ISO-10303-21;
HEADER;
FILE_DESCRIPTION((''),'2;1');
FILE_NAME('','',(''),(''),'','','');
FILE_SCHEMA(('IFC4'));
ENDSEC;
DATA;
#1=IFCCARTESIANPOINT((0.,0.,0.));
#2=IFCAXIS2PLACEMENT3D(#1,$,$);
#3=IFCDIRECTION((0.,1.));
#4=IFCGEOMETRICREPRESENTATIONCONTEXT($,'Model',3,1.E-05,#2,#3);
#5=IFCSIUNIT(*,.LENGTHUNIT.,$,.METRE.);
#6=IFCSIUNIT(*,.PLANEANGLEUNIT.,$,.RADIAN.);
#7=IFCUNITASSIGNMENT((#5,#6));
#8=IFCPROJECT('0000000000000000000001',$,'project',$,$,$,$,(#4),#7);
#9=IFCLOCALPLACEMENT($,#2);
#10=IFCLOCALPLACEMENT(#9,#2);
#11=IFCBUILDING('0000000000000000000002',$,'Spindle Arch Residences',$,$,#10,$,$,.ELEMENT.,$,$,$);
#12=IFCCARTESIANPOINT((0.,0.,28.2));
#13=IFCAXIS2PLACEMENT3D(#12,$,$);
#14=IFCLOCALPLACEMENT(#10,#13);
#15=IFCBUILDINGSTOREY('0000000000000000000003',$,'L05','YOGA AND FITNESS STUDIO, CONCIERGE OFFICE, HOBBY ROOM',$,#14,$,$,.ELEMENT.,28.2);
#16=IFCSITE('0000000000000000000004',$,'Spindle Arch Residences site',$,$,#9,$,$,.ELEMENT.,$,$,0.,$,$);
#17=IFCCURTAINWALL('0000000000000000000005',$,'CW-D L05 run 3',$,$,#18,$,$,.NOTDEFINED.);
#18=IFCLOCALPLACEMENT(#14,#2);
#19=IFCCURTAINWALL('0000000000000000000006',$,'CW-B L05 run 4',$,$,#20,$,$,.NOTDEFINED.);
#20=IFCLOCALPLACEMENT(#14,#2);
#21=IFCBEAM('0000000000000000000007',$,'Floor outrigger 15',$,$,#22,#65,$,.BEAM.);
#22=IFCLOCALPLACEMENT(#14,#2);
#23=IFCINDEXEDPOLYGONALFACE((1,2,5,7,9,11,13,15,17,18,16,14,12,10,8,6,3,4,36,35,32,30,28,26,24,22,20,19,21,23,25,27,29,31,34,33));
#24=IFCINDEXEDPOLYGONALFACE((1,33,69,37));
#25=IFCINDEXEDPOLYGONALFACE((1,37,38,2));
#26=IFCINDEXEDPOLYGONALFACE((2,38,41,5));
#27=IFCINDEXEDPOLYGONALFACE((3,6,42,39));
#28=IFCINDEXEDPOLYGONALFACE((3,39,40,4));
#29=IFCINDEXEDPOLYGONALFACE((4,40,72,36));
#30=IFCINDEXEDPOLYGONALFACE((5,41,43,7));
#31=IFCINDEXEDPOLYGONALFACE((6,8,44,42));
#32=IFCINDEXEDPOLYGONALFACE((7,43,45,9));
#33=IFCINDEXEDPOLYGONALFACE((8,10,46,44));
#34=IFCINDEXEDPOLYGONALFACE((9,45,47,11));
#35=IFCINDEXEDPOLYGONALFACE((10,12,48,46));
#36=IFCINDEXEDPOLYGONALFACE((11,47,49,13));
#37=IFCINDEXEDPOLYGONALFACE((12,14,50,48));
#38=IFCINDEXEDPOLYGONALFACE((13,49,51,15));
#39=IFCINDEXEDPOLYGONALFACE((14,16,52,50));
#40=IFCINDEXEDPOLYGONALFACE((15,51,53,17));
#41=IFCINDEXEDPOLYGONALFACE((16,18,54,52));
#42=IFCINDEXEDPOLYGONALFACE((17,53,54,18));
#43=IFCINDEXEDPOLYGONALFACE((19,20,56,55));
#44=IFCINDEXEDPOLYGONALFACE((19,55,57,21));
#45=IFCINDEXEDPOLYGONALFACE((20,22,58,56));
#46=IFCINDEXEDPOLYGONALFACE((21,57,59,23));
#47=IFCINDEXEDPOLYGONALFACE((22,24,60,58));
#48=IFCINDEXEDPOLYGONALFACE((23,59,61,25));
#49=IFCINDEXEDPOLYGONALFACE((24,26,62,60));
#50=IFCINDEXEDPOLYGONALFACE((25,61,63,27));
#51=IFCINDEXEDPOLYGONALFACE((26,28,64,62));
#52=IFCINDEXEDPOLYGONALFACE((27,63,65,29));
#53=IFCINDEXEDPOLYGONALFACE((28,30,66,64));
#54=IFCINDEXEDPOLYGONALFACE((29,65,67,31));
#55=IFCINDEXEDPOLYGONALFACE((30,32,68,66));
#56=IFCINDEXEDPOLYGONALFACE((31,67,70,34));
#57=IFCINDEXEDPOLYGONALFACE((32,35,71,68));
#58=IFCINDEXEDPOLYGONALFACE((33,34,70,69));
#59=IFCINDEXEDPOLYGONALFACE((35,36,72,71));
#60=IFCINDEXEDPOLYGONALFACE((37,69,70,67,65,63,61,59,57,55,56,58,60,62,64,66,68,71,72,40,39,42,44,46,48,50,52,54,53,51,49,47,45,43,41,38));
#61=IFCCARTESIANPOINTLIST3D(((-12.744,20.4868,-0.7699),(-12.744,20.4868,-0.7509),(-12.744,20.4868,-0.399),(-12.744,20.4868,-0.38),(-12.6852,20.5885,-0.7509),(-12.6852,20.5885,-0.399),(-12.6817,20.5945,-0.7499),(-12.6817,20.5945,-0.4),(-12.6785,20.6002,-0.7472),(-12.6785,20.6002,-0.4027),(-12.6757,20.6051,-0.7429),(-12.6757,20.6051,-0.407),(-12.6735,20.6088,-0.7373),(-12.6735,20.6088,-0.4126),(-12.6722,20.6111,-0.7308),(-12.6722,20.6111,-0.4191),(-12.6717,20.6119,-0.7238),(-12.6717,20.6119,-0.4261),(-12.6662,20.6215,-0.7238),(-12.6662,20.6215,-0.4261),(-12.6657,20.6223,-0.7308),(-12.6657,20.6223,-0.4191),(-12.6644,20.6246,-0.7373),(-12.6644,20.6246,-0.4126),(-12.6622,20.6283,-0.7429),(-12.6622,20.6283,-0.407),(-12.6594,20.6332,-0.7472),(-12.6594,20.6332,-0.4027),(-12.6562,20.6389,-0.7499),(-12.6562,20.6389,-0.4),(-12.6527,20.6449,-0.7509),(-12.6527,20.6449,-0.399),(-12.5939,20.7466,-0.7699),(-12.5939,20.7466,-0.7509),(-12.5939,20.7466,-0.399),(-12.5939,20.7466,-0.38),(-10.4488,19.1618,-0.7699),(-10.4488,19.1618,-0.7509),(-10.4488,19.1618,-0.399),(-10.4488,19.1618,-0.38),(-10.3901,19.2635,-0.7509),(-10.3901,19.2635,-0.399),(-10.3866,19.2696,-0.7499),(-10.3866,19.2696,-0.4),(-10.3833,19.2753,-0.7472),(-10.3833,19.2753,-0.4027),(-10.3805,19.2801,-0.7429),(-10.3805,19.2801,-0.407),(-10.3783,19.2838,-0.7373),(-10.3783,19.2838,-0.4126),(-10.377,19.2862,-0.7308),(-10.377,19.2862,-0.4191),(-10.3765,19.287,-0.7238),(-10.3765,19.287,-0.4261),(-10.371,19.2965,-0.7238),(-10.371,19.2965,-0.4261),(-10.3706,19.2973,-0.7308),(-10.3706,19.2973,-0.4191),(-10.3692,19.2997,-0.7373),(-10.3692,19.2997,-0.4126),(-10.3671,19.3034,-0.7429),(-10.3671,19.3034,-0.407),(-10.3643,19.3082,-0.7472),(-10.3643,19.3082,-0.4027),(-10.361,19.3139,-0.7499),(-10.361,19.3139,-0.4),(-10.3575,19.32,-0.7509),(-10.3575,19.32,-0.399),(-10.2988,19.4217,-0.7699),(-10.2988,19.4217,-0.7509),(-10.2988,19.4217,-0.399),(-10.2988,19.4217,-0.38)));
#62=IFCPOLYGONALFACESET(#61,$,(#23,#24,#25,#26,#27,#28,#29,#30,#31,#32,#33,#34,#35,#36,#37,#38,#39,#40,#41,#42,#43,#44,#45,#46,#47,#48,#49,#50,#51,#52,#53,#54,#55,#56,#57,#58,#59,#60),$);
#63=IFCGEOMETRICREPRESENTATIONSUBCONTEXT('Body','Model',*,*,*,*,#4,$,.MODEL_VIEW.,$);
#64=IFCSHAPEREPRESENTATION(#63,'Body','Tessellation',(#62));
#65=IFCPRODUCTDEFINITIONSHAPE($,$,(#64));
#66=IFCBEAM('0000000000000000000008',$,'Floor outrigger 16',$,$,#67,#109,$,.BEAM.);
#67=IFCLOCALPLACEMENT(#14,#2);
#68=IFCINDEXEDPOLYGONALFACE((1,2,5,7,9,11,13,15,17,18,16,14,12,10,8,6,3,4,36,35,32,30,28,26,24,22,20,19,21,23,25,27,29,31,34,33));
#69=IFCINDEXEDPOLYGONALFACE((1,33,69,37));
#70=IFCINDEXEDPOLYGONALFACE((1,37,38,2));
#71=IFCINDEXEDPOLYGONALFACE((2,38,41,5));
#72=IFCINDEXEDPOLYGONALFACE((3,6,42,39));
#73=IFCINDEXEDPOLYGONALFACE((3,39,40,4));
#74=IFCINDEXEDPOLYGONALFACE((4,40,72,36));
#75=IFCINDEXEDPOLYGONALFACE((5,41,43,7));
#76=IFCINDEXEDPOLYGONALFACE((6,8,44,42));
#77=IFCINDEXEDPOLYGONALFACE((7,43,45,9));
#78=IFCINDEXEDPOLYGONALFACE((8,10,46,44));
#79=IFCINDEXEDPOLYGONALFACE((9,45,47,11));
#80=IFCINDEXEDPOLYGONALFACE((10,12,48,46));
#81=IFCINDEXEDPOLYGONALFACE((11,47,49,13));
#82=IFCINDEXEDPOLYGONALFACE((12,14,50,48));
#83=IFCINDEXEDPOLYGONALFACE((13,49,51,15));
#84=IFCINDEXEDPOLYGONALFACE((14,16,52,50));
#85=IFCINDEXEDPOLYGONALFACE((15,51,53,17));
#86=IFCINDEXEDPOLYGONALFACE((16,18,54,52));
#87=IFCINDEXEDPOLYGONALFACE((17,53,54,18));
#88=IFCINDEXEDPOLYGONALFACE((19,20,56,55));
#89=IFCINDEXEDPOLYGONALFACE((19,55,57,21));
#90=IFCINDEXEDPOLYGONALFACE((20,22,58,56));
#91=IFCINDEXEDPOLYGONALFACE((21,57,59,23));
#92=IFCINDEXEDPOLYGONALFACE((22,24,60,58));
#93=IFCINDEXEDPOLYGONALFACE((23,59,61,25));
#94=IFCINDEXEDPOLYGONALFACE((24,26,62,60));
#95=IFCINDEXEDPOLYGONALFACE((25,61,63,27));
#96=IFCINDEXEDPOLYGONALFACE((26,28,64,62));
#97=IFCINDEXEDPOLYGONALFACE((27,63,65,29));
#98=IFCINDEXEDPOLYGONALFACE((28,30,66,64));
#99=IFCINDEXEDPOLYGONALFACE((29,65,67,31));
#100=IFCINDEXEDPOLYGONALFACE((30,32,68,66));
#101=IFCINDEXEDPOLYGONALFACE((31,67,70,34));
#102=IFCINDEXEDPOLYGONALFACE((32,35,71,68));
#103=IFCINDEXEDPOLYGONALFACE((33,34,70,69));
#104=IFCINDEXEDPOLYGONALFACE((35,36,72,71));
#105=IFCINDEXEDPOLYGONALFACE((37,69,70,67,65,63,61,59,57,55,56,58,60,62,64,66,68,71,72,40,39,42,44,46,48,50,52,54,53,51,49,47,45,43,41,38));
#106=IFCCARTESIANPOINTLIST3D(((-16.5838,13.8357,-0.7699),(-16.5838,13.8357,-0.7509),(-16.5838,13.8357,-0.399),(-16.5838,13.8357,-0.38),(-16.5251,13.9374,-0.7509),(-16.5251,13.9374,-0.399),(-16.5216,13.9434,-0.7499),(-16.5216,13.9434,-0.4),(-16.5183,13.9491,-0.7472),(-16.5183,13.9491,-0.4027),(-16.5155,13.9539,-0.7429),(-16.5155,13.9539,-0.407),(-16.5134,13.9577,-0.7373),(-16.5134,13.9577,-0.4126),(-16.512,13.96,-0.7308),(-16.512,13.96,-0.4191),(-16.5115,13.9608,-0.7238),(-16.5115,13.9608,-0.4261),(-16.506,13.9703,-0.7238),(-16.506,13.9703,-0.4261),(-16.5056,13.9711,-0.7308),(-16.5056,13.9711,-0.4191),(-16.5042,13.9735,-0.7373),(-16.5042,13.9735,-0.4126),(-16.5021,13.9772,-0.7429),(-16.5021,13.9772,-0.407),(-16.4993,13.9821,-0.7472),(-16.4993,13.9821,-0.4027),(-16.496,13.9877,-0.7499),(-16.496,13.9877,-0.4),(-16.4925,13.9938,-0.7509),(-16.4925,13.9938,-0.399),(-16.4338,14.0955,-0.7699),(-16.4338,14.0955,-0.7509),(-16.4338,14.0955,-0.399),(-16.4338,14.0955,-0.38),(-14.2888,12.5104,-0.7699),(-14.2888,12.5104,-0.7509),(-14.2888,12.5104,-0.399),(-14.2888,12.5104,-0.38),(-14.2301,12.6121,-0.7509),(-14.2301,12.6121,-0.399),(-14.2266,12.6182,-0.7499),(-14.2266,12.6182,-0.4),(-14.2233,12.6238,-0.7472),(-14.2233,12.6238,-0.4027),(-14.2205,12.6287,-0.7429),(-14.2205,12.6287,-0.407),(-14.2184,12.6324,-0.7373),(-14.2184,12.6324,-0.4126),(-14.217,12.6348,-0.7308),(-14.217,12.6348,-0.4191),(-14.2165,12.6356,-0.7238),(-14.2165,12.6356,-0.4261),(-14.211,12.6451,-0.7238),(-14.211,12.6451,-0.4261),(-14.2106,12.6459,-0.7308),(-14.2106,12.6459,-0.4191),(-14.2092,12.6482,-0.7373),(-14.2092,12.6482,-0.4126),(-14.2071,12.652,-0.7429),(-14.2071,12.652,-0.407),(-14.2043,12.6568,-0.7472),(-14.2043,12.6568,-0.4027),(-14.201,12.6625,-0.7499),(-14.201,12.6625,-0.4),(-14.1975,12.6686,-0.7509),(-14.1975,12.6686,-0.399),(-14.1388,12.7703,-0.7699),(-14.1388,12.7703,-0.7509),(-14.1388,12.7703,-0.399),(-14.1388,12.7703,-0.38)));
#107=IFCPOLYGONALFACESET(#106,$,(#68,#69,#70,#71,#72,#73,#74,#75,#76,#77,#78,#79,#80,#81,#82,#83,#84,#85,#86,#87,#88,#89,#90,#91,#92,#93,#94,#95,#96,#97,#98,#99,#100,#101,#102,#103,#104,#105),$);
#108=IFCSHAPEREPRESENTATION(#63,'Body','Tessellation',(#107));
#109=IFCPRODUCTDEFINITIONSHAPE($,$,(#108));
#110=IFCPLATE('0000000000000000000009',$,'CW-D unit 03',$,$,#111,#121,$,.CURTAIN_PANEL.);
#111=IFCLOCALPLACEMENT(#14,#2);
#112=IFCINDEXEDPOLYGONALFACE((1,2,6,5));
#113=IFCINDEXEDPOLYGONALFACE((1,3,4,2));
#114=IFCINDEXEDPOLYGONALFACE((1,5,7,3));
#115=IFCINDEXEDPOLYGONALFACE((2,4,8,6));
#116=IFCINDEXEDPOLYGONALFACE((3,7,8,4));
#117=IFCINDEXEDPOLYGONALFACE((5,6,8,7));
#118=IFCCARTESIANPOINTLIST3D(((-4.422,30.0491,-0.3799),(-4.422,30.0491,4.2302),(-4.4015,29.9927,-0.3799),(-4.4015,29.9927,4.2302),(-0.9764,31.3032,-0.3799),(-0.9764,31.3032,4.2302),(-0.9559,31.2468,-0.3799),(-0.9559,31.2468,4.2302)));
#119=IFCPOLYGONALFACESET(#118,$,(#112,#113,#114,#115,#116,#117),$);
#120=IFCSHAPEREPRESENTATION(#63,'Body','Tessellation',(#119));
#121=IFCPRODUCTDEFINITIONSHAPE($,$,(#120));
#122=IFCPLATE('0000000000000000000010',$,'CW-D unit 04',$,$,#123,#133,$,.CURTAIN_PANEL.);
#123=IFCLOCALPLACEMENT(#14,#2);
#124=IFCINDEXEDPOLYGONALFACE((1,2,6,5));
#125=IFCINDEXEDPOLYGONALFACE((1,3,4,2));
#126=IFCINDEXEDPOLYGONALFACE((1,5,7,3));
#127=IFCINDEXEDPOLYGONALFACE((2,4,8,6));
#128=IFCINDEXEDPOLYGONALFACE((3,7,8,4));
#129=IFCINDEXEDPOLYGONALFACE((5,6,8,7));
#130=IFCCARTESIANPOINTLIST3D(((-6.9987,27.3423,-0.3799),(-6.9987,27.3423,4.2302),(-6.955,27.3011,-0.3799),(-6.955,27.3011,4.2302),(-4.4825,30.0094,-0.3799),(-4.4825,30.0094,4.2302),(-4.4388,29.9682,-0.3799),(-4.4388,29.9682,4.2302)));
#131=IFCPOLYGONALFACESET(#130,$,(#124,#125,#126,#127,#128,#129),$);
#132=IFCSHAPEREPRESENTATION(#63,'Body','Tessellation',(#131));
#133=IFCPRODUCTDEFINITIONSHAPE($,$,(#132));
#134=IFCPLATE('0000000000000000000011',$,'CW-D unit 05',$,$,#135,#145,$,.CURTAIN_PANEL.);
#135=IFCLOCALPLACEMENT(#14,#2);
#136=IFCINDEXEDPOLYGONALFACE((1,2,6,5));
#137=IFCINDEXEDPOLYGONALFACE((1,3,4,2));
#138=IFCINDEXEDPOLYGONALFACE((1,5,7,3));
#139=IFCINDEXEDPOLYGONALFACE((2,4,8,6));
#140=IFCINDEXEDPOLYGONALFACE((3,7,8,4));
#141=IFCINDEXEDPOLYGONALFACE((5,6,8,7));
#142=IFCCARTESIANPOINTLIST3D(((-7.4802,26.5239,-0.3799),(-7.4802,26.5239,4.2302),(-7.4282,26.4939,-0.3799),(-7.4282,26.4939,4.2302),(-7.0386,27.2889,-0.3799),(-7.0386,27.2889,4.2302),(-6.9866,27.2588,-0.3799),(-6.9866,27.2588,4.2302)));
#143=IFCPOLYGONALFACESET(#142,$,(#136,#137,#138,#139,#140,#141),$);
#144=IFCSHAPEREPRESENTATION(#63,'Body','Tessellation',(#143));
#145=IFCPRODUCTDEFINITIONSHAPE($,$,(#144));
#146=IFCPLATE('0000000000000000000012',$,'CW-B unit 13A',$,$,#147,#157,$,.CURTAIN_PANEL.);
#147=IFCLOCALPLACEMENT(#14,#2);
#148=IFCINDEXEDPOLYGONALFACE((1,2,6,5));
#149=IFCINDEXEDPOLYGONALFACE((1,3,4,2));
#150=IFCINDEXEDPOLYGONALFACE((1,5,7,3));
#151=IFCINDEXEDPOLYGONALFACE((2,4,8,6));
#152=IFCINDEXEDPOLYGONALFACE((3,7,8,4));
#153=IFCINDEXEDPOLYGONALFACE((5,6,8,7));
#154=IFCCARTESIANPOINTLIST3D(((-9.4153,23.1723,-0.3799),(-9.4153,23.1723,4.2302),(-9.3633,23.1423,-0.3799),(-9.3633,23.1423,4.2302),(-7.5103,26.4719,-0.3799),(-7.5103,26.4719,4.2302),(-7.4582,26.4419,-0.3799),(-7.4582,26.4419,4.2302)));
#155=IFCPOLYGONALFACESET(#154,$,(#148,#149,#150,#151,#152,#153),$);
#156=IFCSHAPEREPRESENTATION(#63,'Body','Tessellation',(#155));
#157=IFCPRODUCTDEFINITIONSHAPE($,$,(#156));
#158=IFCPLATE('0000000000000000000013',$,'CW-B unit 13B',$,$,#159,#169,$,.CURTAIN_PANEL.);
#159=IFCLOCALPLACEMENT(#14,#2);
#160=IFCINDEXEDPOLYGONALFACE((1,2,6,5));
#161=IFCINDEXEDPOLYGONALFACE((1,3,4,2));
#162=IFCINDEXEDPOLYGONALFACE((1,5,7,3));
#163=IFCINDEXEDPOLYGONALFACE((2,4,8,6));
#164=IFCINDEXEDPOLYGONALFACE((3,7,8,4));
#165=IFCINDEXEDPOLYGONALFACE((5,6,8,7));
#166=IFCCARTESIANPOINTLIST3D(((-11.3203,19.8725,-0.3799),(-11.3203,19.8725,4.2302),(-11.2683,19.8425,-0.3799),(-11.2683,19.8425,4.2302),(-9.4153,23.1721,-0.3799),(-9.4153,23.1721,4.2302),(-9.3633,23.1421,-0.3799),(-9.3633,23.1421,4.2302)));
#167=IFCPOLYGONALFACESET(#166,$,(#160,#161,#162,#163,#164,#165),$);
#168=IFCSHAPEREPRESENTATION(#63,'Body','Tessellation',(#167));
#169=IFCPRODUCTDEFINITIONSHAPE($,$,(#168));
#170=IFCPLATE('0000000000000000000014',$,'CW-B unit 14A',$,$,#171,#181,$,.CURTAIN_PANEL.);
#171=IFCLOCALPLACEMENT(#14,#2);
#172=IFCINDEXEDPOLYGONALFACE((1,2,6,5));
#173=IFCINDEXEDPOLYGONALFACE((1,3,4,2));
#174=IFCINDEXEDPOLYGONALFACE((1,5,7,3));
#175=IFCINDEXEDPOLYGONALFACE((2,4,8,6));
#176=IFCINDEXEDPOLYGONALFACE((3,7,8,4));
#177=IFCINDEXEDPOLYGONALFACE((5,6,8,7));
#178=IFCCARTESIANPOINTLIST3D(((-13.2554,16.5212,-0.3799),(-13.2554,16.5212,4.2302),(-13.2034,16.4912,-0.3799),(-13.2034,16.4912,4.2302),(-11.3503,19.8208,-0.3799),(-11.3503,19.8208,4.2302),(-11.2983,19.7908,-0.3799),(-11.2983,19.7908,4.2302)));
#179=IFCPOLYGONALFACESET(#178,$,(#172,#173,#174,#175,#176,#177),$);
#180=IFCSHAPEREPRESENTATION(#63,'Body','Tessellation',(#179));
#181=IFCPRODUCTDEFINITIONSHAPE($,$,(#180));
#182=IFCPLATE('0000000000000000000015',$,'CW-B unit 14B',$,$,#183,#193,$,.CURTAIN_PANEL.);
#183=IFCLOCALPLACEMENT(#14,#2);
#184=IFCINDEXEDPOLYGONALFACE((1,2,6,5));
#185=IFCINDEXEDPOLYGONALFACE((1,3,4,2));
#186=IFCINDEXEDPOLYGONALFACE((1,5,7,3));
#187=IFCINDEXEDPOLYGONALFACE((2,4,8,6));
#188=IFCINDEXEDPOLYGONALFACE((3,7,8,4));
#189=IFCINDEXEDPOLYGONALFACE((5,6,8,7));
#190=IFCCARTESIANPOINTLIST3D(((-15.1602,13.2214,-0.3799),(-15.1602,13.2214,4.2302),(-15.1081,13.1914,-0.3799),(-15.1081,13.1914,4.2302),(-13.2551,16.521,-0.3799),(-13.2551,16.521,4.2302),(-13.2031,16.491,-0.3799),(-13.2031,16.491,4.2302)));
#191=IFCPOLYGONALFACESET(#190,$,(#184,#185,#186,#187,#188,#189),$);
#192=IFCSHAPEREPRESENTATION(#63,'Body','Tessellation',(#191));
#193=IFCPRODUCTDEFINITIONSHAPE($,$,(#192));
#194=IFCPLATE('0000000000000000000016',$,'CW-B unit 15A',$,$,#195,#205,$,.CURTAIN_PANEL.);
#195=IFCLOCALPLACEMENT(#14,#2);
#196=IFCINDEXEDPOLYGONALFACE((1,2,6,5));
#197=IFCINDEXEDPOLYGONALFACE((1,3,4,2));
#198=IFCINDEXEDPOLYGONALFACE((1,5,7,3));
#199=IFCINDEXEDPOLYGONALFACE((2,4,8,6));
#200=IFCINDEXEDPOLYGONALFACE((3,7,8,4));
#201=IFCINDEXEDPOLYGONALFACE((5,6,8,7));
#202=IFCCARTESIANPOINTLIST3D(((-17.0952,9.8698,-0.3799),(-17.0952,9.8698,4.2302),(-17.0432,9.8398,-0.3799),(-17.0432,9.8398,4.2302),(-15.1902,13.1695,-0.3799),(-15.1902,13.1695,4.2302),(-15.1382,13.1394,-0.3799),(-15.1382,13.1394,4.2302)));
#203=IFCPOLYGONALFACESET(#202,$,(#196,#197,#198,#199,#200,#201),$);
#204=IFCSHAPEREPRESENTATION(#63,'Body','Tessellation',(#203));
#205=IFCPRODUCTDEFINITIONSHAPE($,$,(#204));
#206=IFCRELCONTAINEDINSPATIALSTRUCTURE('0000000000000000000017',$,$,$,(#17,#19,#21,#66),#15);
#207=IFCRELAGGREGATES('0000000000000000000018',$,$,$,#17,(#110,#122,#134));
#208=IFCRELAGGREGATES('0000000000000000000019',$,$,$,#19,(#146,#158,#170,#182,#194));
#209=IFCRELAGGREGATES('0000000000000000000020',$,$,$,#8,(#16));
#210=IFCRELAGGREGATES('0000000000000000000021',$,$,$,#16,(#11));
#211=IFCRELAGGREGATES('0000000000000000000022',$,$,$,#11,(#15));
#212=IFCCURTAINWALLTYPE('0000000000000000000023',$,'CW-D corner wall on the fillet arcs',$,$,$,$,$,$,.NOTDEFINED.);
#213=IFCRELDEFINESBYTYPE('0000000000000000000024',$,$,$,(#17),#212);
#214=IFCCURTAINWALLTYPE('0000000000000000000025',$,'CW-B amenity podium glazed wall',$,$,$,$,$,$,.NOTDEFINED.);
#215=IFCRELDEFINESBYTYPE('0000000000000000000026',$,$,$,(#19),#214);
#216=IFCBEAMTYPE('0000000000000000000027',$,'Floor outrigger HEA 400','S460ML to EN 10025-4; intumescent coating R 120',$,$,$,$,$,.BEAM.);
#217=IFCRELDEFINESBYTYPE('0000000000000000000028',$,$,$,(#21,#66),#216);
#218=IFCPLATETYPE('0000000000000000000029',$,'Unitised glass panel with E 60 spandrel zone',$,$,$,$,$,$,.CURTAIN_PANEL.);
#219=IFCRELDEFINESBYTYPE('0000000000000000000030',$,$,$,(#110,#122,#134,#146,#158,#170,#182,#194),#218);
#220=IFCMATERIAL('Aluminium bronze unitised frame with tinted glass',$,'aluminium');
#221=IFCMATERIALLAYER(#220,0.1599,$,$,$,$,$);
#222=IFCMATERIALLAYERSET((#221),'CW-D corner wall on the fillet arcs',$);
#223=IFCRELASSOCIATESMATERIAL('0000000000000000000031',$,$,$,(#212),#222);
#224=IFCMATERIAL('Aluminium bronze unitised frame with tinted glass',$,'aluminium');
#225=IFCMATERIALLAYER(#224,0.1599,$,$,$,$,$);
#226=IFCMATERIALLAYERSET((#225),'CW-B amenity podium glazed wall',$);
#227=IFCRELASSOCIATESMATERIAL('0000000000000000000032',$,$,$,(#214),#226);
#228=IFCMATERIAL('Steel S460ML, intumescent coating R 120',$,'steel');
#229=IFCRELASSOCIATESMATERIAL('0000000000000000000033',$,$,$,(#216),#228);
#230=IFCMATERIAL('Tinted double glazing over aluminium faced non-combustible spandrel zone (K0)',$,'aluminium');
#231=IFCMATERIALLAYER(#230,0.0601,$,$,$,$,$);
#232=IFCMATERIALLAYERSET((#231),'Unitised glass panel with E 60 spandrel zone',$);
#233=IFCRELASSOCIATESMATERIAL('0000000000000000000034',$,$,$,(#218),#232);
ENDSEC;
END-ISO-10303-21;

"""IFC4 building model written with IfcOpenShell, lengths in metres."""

from ifc_helpers import new_model, si_unit, direction, frame, origin, origin_2d, place, context, subcontext, project, spatial, rectangle, i_section, extrude, material, layer, layer_set, material_profile, profile_set, type_object, element, aggregate, save


model = new_model("IFC4")

# Units and contexts
model_context = context("Model", 3, precision=1e-05, world=origin(), true_north=direction((0.0, 1.0)))
body_context = subcontext(model_context, "Body", "Model", "MODEL_VIEW")
ifc_project = project(units=[si_unit("LENGTHUNIT", "METRE"), si_unit("PLANEANGLEUNIT", "RADIAN")], contexts=[model_context])

# Site, building, storey
site_placement = place(None, origin())
site = spatial("IfcSite", under=ifc_project, at=site_placement, Name="Spindle Arch Residences site", CompositionType="ELEMENT", RefElevation=0.0)
building_placement = place(site_placement, origin())
building = spatial("IfcBuilding", under=site, at=building_placement, Name="Spindle Arch Residences", CompositionType="ELEMENT")
storey_placement = place(building_placement, frame((0.0, 0.0, 28.2)))
storey = spatial("IfcBuildingStorey", under=building, at=storey_placement, Name="L05", Description="YOGA AND FITNESS STUDIO, CONCIERGE OFFICE, HOBBY ROOM", CompositionType="ELEMENT", Elevation=28.2)

# Curtain walls
ifc_material_1 = material(Name="Aluminium bronze unitised frame with tinted glass", Category="aluminium")
ifc_layer_1 = layer(ifc_material_1, 0.1599)
ifc_layer_set_1 = layer_set([ifc_layer_1], Name="CW-D corner wall on the fillet arcs")
curtain_wall_type_1 = type_object("IfcCurtainWallType", Name="CW-D corner wall on the fillet arcs", PredefinedType="NOTDEFINED", material=ifc_layer_set_1)
curtain_wall_1_placement = place(storey_placement, origin())
curtain_wall_1 = element("IfcCurtainWall", 1, at=curtain_wall_1_placement, inside=storey, type_object=curtain_wall_type_1, Name="CW-D L05 run 3", PredefinedType="NOTDEFINED")
ifc_material_2 = material(Name="Aluminium bronze unitised frame with tinted glass", Category="aluminium")
ifc_layer_2 = layer(ifc_material_2, 0.1599)
ifc_layer_set_2 = layer_set([ifc_layer_2], Name="CW-B amenity podium glazed wall")
curtain_wall_type_2 = type_object("IfcCurtainWallType", Name="CW-B amenity podium glazed wall", PredefinedType="NOTDEFINED", material=ifc_layer_set_2)
curtain_wall_2_placement = place(storey_placement, origin())
curtain_wall_2 = element("IfcCurtainWall", 2, at=curtain_wall_2_placement, inside=storey, type_object=curtain_wall_type_2, Name="CW-B L05 run 4", PredefinedType="NOTDEFINED")

# Beams
ifc_material_3 = material(Name="Steel S460ML, intumescent coating R 120", Category="steel")
ifc_material_profile_1 = material_profile(ifc_material_3, i_section(OverallWidth=0.3, OverallDepth=0.3899, WebThickness=0.011, FlangeThickness=0.019, FilletRadius=0.0271, at=origin_2d()), Name="HEA 400")
ifc_profile_set_1 = profile_set([ifc_material_profile_1], Name="Steel S460ML, intumescent coating R 120")
beam_type_1 = type_object("IfcBeamType", Name="Floor outrigger HEA 400", Description="S460ML to EN 10025-4; intumescent coating R 120", PredefinedType="BEAM", material=ifc_profile_set_1)
for number, where, z_axis, x_axis, name in (
    (3, (-12.6689, 20.6167, -0.575), (0.866052, -0.499954, 0.0), (0.499954, 0.866052, 0.0), "Floor outrigger 15"),
    (4, (-16.5088, 13.9656, -0.575), (0.865989, -0.500063, 0.0), (0.500063, 0.865989, 0.0), "Floor outrigger 16"),
):
    element("IfcBeam", number, at=place(storey_placement, frame(where, z_axis=z_axis, x_axis=x_axis)), inside=storey, type_object=beam_type_1, Name=name, PredefinedType="BEAM", context=body_context, shape_type="SweptSolid", body=[
        extrude(i_section(OverallWidth=0.3, OverallDepth=0.3899, WebThickness=0.011, FlangeThickness=0.019, FilletRadius=0.0271, at=origin_2d()), origin(), (0.0, 0.0, 1.0), 2.6501),
    ])

# Plates
ifc_material_4 = material(Name="Tinted double glazing over aluminium faced non-combustible spandrel zone (K0)", Category="aluminium")
ifc_layer_3 = layer(ifc_material_4, 0.0601)
ifc_layer_set_3 = layer_set([ifc_layer_3], Name="Unitised glass panel with E 60 spandrel zone")
plate_type = type_object("IfcPlateType", Name="Unitised glass panel with E 60 spandrel zone", PredefinedType="CURTAIN_PANEL", material=ifc_layer_set_3)
plate_1_placement = place(storey_placement, frame((-2.689, 30.6479, -0.3799), z_axis=(0.0, 0.0, 1.0), x_axis=(-0.939693, -0.34202, 0.0)))
plate_1 = element("IfcPlate", 5, at=plate_1_placement, type_object=plate_type, Name="CW-D unit 03", PredefinedType="CURTAIN_PANEL", context=body_context, shape_type="SweptSolid", body=[
    extrude(rectangle(XDim=3.6667, YDim=0.0601, at=origin_2d()), origin(), (0.0, 0.0, 1.0), 4.6101),
])
plate_2_placement = place(storey_placement, frame((-5.7188, 28.6553, -0.3799), z_axis=(0.0, 0.0, 1.0), x_axis=(-0.686242, -0.727374, 0.0)))
plate_2 = element("IfcPlate", 6, at=plate_2_placement, type_object=plate_type, Name="CW-D unit 04", PredefinedType="CURTAIN_PANEL", context=body_context, shape_type="SweptSolid", body=[
    extrude(rectangle(XDim=3.6667, YDim=0.0601, at=origin_2d()), origin(), (0.0, 0.0, 1.0), 4.6101),
])
plate_3_placement = place(storey_placement, frame((-7.2334, 26.8914, -0.3799), z_axis=(0.0, 0.0, 1.0), x_axis=(-0.5, -0.866025, 0.0)))
plate_3 = element("IfcPlate", 7, at=plate_3_placement, type_object=plate_type, Name="CW-D unit 05", PredefinedType="CURTAIN_PANEL", context=body_context, shape_type="SweptSolid", body=[
    extrude(rectangle(XDim=0.8833, YDim=0.0601, at=origin_2d()), origin(), (0.0, 0.0, 1.0), 4.6101),
])
aggregate(curtain_wall_1, [plate_1, plate_2, plate_3])
plate_4_placement = place(storey_placement, frame((-8.4368, 24.8071, -0.3799), z_axis=(0.0, 0.0, 1.0), x_axis=(-0.5, -0.866025, 0.0)))
plate_4 = element("IfcPlate", 8, at=plate_4_placement, type_object=plate_type, Name="CW-B unit 13A", PredefinedType="CURTAIN_PANEL", context=body_context, shape_type="SweptSolid", body=[
    extrude(rectangle(XDim=3.8101, YDim=0.0601, at=origin_2d()), origin(), (0.0, 0.0, 1.0), 4.6101),
])
plate_5_placement = place(storey_placement, frame((-10.3418, 21.5073, -0.3799), z_axis=(0.0, 0.0, 1.0), x_axis=(-0.5, -0.866025, 0.0)))
plate_5 = element("IfcPlate", 9, at=plate_5_placement, type_object=plate_type, Name="CW-B unit 13B", PredefinedType="CURTAIN_PANEL", context=body_context, shape_type="SweptSolid", body=[
    extrude(rectangle(XDim=3.8101, YDim=0.0601, at=origin_2d()), origin(), (0.0, 0.0, 1.0), 4.6101),
])
plate_6_placement = place(storey_placement, frame((-12.2769, 18.156, -0.3799), z_axis=(0.0, 0.0, 1.0), x_axis=(-0.5, -0.866025, 0.0)))
plate_6 = element("IfcPlate", 10, at=plate_6_placement, type_object=plate_type, Name="CW-B unit 14A", PredefinedType="CURTAIN_PANEL", context=body_context, shape_type="SweptSolid", body=[
    extrude(rectangle(XDim=3.8101, YDim=0.0601, at=origin_2d()), origin(), (0.0, 0.0, 1.0), 4.6101),
])
plate_7_placement = place(storey_placement, frame((-14.1816, 14.8562, -0.3799), z_axis=(0.0, 0.0, 1.0), x_axis=(-0.5, -0.866025, 0.0)))
plate_7 = element("IfcPlate", 11, at=plate_7_placement, type_object=plate_type, Name="CW-B unit 14B", PredefinedType="CURTAIN_PANEL", context=body_context, shape_type="SweptSolid", body=[
    extrude(rectangle(XDim=3.8101, YDim=0.0601, at=origin_2d()), origin(), (0.0, 0.0, 1.0), 4.6101),
])
plate_8_placement = place(storey_placement, frame((-16.1167, 11.5046, -0.3799), z_axis=(0.0, 0.0, 1.0), x_axis=(-0.5, -0.866025, 0.0)))
plate_8 = element("IfcPlate", 12, at=plate_8_placement, type_object=plate_type, Name="CW-B unit 15A", PredefinedType="CURTAIN_PANEL", context=body_context, shape_type="SweptSolid", body=[
    extrude(rectangle(XDim=3.8101, YDim=0.0601, at=origin_2d()), origin(), (0.0, 0.0, 1.0), 4.6101),
])
aggregate(curtain_wall_2, [plate_4, plate_5, plate_6, plate_7, plate_8])

save(model, "model.ifc")
